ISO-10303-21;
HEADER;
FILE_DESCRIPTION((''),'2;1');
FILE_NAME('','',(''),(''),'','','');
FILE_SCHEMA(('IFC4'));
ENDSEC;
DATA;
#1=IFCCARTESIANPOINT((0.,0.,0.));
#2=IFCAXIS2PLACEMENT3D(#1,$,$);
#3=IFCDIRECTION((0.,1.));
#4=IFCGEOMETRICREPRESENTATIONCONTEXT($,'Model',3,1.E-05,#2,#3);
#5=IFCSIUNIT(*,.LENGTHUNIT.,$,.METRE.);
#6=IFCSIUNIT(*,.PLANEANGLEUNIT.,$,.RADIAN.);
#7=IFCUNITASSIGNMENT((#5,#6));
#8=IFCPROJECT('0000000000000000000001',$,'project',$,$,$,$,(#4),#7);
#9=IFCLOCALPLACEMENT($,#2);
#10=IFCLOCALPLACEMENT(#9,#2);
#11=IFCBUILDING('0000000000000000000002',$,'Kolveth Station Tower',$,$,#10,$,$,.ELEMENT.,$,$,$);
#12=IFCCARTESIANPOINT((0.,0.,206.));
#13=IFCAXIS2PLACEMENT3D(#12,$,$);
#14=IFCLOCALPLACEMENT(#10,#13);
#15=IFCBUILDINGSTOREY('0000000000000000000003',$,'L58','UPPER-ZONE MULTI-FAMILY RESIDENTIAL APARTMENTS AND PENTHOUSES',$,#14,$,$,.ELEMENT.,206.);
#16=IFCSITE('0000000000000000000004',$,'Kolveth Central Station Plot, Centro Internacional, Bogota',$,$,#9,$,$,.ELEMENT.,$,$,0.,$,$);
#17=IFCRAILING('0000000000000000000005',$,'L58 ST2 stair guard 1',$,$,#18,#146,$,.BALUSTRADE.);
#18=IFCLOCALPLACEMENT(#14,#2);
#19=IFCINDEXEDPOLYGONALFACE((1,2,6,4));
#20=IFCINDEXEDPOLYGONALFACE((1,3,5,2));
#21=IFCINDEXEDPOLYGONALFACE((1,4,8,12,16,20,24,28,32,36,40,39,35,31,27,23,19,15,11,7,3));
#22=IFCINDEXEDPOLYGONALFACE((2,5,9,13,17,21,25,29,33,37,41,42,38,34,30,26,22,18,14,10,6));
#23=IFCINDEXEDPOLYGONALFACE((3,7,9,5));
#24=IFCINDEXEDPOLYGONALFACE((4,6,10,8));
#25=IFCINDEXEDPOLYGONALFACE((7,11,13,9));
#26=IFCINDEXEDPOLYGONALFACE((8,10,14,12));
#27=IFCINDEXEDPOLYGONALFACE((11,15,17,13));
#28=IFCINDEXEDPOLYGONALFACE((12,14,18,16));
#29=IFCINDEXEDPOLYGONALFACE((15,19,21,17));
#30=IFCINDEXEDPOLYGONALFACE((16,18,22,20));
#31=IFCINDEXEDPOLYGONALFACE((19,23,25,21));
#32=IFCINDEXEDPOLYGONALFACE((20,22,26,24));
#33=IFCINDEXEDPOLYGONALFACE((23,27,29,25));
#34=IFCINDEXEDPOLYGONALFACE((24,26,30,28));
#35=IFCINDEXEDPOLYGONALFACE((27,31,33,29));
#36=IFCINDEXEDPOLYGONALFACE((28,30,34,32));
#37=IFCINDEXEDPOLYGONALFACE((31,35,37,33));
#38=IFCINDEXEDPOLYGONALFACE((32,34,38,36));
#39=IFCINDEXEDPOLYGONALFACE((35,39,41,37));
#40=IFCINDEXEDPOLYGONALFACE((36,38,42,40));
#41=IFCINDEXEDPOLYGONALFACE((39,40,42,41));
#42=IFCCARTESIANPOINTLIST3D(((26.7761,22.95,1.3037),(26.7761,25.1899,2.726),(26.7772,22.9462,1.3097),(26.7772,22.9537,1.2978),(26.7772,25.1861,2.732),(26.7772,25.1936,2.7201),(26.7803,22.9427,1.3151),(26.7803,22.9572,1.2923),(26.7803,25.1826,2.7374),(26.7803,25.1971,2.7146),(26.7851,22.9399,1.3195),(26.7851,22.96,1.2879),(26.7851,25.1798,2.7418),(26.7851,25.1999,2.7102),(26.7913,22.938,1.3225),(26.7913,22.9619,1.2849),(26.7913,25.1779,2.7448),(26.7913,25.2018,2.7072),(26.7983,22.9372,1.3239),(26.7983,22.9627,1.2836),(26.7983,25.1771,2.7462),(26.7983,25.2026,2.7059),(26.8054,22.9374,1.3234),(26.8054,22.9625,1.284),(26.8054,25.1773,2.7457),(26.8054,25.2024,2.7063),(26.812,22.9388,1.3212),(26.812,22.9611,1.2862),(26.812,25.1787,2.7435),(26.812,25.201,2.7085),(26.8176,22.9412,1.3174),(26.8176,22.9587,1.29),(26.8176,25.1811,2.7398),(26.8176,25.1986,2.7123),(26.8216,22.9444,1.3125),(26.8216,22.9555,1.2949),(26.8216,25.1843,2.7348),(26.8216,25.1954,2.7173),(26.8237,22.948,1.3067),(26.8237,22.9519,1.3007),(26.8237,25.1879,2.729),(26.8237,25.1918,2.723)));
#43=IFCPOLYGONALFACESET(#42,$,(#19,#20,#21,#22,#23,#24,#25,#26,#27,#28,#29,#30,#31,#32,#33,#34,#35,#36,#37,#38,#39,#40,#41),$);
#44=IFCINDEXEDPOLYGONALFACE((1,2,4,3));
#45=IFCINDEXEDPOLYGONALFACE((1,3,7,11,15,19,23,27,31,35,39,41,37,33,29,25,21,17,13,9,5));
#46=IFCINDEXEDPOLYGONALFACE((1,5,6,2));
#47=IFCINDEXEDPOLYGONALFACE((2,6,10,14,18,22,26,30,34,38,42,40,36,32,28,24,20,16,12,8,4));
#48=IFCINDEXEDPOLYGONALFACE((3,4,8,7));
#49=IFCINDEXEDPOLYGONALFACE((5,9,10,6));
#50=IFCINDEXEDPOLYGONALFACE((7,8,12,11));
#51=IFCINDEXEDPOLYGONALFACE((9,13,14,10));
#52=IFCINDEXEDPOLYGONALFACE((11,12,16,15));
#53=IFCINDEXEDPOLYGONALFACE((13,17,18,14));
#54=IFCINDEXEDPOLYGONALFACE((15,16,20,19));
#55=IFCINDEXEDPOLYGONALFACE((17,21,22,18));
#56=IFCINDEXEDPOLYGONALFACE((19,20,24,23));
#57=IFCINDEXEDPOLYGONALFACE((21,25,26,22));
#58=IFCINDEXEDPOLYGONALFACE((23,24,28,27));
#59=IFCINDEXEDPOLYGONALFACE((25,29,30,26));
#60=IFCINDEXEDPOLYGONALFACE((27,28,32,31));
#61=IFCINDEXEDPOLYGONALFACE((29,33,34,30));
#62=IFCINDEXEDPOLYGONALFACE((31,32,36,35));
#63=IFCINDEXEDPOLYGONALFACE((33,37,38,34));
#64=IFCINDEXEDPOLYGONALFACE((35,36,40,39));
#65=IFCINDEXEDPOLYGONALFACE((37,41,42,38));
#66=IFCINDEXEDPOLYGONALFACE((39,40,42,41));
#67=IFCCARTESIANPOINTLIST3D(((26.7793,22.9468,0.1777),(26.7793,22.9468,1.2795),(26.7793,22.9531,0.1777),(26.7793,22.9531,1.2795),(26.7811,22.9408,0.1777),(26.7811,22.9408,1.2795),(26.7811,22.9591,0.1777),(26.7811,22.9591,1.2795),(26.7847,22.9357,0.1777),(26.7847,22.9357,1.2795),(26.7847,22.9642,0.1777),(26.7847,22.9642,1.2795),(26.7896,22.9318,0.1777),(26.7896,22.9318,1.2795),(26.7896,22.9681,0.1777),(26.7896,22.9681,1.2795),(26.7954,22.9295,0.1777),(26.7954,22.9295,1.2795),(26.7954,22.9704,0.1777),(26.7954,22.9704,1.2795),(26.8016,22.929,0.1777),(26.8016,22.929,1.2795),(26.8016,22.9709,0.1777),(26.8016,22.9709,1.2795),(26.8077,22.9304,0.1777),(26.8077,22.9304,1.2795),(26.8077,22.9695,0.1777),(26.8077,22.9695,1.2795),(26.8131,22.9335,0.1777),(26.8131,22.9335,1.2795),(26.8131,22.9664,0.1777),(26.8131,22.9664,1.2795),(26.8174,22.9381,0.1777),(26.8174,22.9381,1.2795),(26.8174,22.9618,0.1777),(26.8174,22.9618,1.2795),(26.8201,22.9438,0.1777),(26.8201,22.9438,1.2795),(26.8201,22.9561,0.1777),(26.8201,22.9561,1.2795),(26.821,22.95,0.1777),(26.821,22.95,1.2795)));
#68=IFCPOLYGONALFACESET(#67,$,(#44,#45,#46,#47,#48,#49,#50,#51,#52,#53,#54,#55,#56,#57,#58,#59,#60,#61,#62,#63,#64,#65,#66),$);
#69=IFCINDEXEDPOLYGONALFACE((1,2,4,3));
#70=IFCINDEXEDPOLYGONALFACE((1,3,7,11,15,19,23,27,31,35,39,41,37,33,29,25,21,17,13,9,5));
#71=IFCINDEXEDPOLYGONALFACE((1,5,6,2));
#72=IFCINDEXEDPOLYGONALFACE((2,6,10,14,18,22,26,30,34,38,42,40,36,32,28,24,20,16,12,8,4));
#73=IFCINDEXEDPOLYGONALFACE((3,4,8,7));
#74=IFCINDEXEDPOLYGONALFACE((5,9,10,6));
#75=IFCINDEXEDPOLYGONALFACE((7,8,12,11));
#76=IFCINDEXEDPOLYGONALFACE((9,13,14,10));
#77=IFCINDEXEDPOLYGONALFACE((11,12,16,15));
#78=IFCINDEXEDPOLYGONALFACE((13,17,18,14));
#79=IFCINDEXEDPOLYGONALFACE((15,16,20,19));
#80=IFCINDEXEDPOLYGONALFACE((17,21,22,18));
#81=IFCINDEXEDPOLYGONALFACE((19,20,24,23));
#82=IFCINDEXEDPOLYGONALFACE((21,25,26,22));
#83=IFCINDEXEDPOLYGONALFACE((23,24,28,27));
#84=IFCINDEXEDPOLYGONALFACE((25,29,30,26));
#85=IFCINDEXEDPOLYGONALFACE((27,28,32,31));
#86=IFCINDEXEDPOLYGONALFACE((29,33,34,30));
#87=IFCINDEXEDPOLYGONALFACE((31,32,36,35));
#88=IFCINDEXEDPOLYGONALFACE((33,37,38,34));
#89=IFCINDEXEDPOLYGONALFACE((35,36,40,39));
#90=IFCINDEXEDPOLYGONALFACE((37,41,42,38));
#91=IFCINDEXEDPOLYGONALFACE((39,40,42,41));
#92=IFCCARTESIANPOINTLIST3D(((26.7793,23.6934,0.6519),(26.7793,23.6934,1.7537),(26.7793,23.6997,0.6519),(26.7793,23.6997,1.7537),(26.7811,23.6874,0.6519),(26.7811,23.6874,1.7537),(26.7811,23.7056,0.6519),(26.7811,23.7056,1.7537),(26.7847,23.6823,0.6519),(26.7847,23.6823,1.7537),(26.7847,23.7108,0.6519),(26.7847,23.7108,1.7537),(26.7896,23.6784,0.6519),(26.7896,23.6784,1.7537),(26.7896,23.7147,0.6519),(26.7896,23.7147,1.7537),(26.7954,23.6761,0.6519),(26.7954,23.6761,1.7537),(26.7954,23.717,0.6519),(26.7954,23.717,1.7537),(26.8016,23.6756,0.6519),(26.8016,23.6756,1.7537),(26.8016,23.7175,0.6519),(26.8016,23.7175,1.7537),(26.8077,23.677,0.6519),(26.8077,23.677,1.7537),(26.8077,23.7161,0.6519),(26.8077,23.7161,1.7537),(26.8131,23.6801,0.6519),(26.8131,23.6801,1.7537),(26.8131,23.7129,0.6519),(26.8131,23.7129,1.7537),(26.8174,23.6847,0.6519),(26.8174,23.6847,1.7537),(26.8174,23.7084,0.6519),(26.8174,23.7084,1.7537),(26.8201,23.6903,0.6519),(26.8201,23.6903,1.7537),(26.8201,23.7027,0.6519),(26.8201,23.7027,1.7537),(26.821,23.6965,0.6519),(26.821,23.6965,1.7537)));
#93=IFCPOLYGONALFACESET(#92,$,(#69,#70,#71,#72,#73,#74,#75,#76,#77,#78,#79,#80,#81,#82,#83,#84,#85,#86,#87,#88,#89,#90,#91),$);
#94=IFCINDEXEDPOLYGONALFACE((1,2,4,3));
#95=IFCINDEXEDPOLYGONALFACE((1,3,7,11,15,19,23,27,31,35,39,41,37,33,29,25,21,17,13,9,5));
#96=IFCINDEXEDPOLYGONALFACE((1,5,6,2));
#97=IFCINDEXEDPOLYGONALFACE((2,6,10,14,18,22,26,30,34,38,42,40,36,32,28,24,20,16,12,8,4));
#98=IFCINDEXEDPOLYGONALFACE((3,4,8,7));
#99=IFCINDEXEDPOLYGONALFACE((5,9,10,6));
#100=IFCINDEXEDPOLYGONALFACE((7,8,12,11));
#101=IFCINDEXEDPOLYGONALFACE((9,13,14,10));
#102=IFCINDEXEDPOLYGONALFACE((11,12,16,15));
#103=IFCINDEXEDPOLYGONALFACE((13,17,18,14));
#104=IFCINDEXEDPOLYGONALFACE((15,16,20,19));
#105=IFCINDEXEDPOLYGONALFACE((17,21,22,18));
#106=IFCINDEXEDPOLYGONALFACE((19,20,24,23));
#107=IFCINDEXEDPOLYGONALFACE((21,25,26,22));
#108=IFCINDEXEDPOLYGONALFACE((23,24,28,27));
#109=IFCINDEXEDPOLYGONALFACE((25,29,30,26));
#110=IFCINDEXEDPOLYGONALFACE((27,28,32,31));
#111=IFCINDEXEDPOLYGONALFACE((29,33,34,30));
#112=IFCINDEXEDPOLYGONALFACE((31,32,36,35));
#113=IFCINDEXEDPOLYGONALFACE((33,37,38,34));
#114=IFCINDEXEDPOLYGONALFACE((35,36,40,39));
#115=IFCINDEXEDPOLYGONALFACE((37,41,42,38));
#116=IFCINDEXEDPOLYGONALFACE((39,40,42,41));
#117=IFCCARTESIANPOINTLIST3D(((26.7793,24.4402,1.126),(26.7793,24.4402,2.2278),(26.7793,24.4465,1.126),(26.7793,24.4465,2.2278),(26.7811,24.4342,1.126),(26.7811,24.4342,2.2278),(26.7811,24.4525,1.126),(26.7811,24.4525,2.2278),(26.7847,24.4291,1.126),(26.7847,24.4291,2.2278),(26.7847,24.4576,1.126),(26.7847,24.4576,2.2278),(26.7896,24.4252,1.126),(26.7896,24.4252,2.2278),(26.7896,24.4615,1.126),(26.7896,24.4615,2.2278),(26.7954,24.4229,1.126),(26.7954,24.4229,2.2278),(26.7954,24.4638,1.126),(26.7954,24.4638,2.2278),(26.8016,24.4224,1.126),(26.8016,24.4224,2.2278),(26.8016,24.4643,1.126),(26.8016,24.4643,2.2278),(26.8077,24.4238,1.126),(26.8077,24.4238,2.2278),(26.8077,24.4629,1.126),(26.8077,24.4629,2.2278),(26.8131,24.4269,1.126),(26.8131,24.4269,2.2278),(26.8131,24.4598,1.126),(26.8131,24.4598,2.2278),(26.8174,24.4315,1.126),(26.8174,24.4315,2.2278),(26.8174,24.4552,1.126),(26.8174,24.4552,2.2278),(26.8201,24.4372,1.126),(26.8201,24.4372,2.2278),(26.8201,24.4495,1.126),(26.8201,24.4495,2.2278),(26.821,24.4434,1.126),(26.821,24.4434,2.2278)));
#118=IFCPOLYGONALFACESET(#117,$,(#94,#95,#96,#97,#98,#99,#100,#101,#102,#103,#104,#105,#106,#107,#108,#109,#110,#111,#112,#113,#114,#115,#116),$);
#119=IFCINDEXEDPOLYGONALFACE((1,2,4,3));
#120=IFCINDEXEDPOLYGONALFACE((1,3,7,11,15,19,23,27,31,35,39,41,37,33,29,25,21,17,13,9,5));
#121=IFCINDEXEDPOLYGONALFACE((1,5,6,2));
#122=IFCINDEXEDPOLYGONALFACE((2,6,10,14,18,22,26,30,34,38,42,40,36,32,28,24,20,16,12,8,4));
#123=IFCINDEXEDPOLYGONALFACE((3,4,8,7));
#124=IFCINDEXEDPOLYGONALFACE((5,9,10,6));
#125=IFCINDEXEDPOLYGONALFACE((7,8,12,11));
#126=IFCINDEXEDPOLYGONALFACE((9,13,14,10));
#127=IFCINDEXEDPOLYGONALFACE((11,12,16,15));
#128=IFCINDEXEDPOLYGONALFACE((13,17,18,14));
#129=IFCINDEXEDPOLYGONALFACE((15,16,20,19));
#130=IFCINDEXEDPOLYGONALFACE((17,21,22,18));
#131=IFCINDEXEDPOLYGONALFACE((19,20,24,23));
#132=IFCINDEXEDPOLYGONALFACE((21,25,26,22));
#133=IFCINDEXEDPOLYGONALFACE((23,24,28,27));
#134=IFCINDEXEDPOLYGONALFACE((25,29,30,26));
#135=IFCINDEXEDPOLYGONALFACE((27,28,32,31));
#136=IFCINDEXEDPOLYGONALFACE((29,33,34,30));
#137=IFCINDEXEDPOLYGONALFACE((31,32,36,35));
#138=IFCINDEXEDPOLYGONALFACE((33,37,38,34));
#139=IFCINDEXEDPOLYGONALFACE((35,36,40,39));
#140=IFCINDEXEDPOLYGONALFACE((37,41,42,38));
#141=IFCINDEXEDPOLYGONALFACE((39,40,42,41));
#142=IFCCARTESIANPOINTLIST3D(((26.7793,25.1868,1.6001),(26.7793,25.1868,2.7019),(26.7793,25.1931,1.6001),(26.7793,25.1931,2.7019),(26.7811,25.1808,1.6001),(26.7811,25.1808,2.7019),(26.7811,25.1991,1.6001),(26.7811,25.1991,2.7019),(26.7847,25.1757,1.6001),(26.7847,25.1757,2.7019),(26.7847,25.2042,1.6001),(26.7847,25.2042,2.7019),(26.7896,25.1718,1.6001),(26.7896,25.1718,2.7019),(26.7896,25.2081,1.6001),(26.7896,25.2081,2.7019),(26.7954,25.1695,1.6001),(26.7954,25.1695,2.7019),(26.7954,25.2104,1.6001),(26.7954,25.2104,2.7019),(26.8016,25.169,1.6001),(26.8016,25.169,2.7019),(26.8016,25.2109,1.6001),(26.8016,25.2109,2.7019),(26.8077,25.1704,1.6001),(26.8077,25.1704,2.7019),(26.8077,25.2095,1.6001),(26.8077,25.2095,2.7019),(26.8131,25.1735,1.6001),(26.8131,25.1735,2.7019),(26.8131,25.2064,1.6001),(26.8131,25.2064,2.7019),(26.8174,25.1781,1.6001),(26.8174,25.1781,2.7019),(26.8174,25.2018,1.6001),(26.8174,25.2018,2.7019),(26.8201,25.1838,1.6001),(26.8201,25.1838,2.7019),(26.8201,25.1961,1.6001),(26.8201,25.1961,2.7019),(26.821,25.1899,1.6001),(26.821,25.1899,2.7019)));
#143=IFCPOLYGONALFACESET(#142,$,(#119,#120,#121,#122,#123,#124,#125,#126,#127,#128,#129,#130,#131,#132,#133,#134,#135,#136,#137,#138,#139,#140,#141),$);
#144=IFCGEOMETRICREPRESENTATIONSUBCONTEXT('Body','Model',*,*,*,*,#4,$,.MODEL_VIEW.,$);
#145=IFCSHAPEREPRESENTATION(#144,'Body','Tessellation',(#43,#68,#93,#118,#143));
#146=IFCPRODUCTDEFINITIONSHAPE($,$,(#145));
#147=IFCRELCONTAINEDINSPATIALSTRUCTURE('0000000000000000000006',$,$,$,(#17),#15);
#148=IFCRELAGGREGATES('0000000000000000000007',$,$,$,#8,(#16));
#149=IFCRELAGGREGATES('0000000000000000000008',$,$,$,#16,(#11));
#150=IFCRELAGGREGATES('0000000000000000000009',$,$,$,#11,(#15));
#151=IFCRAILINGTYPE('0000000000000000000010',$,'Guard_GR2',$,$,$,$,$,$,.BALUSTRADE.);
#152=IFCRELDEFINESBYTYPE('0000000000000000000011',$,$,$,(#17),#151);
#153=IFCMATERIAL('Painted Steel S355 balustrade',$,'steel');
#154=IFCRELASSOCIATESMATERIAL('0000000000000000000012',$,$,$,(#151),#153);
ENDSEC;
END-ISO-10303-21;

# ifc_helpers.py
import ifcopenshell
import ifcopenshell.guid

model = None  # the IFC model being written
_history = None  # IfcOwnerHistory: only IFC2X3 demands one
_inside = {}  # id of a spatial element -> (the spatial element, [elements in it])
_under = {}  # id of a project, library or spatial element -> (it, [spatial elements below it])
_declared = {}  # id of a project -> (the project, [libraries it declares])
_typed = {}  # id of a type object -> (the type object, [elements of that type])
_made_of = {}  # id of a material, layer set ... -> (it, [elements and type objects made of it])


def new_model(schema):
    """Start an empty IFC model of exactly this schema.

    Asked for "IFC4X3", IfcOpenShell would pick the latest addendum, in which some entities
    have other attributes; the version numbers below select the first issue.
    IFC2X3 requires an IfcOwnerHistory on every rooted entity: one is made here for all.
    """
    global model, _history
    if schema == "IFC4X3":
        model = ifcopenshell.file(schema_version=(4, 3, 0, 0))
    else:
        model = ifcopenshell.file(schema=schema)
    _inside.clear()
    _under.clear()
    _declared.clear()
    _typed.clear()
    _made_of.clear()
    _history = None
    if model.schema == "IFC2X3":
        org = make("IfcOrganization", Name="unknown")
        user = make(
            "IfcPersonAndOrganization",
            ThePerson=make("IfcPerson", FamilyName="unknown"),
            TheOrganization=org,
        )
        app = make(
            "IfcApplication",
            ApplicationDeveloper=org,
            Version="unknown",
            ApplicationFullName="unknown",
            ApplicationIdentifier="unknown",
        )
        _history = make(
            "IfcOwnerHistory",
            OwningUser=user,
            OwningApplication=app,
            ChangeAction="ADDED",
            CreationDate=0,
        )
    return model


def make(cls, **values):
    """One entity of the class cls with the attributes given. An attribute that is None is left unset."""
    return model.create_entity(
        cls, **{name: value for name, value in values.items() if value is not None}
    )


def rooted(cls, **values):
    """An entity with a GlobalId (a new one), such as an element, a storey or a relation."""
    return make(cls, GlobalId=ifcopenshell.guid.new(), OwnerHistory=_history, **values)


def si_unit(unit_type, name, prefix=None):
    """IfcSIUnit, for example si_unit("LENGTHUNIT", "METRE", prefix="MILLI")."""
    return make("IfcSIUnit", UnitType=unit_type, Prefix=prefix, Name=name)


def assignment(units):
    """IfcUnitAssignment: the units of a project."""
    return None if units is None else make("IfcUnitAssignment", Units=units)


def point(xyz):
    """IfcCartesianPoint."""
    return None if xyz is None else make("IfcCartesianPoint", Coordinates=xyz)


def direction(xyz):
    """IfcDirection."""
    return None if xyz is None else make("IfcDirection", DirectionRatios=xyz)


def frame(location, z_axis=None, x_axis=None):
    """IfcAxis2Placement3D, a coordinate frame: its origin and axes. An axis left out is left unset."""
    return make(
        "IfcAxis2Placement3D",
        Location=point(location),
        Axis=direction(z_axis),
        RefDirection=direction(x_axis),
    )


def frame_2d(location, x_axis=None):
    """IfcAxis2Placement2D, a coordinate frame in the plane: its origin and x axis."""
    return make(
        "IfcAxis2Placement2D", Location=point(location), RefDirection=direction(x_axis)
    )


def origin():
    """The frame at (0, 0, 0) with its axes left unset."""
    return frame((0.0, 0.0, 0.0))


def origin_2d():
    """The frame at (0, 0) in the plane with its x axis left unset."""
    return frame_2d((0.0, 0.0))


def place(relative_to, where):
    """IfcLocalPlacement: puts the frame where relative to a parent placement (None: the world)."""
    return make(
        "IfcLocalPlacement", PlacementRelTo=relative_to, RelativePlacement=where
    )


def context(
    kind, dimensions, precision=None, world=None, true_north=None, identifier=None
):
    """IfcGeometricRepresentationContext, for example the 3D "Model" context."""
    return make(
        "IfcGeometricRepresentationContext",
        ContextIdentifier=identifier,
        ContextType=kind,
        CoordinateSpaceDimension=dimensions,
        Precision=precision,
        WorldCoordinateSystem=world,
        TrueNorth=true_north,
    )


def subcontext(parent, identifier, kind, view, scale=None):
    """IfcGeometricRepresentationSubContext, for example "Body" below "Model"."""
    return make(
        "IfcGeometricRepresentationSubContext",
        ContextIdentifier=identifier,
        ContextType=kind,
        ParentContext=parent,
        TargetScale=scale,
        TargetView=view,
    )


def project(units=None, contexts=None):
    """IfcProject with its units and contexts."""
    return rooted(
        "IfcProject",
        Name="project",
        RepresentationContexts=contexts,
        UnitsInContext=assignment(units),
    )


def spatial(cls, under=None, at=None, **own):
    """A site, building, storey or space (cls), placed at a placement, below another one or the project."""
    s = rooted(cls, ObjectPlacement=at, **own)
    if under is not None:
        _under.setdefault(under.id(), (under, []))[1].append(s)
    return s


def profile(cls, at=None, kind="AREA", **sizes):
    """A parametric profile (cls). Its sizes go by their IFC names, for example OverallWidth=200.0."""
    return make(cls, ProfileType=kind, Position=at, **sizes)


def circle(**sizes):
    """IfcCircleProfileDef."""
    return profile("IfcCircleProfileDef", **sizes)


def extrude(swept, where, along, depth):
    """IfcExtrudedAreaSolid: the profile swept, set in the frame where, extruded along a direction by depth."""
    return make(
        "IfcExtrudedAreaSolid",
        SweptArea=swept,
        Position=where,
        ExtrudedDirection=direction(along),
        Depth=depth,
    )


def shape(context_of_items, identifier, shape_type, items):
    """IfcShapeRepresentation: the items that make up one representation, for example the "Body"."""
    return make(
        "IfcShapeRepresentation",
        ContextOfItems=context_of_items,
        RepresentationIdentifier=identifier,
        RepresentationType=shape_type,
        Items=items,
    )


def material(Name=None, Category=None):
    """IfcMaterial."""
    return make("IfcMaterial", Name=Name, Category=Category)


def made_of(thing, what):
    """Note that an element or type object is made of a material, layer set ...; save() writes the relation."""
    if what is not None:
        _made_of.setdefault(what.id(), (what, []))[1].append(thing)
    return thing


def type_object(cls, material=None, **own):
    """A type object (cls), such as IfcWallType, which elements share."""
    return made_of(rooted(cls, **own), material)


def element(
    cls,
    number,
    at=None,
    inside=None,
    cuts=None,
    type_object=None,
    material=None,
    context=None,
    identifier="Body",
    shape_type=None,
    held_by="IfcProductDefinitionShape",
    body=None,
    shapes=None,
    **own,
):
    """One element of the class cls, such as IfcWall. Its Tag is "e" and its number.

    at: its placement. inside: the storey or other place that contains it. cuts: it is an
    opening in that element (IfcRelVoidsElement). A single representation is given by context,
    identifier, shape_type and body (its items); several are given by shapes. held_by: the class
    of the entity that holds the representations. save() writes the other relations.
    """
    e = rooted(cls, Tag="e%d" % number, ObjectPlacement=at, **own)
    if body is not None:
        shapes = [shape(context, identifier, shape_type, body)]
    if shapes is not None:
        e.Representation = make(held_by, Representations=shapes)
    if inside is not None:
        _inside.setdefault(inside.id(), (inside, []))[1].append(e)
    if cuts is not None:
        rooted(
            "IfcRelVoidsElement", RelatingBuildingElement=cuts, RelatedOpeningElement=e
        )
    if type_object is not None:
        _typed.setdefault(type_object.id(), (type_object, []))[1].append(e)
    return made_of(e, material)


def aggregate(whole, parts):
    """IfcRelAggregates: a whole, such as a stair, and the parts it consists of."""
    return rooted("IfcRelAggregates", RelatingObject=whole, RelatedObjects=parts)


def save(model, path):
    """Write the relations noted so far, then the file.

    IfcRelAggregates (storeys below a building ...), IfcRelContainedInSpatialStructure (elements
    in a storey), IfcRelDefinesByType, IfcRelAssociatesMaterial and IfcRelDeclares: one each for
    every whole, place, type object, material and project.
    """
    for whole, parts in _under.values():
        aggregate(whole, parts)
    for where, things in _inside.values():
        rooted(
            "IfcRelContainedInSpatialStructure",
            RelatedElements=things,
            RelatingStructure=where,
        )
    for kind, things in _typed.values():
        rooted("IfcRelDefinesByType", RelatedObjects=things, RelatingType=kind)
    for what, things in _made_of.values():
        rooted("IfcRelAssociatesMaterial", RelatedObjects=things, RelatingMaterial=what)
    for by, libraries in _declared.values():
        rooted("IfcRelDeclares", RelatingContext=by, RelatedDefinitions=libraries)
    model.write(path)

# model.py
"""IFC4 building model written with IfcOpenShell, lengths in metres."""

from ifc_helpers import new_model, si_unit, direction, frame, origin, origin_2d, place, context, subcontext, project, spatial, circle, extrude, material, type_object, element, save


model = new_model("IFC4")

# Units and contexts
model_context = context("Model", 3, precision=1e-05, world=origin(), true_north=direction((0.0, 1.0)))
body_context = subcontext(model_context, "Body", "Model", "MODEL_VIEW")
ifc_project = project(units=[si_unit("LENGTHUNIT", "METRE"), si_unit("PLANEANGLEUNIT", "RADIAN")], contexts=[model_context])

# Site, building, storey
site_placement = place(None, origin())
site = spatial("IfcSite", under=ifc_project, at=site_placement, Name="Kolveth Central Station Plot, Centro Internacional, Bogota", CompositionType="ELEMENT", RefElevation=0.0)
building_placement = place(site_placement, origin())
building = spatial("IfcBuilding", under=site, at=building_placement, Name="Kolveth Station Tower", CompositionType="ELEMENT")
storey_placement = place(building_placement, frame((0.0, 0.0, 206.0)))
storey = spatial("IfcBuildingStorey", under=building, at=storey_placement, Name="L58", Description="UPPER-ZONE MULTI-FAMILY RESIDENTIAL APARTMENTS AND PENTHOUSES", CompositionType="ELEMENT", Elevation=206.0)

# Railing
ifc_material_1 = material(Name="Painted Steel S355 balustrade", Category="steel")
railing_type_1 = type_object("IfcRailingType", Name="Guard_GR2", PredefinedType="BALUSTRADE", material=ifc_material_1)
railing_1_placement = place(storey_placement, frame((26.8, 22.95, 0.1777)))
element("IfcRailing", 1, at=railing_1_placement, inside=storey, type_object=railing_type_1, Name="L58 ST2 stair guard 1", PredefinedType="BALUSTRADE", context=body_context, shape_type="SweptSolid", body=[
    extrude(circle(Radius=0.0239, at=origin_2d()), frame((0.0, 0.0, 1.126), z_axis=(0.0, 0.844188, 0.536048), x_axis=(-1.0, 0.0, 0.0)), (0.0, 0.0, 1.0), 2.6533),
    extrude(circle(Radius=0.021, at=origin_2d()), origin(), (0.0, 0.0, 1.0), 1.1018),
    extrude(circle(Radius=0.021, at=origin_2d()), frame((0.0, 0.7466, 0.4741)), (0.0, 0.0, 1.0), 1.1018),
    extrude(circle(Radius=0.021, at=origin_2d()), frame((0.0, 1.4934, 0.9482)), (0.0, 0.0, 1.0), 1.1018),
    extrude(circle(Radius=0.021, at=origin_2d()), frame((0.0, 2.24, 1.4224)), (0.0, 0.0, 1.0), 1.1018),
])

save(model, "model.ifc")
